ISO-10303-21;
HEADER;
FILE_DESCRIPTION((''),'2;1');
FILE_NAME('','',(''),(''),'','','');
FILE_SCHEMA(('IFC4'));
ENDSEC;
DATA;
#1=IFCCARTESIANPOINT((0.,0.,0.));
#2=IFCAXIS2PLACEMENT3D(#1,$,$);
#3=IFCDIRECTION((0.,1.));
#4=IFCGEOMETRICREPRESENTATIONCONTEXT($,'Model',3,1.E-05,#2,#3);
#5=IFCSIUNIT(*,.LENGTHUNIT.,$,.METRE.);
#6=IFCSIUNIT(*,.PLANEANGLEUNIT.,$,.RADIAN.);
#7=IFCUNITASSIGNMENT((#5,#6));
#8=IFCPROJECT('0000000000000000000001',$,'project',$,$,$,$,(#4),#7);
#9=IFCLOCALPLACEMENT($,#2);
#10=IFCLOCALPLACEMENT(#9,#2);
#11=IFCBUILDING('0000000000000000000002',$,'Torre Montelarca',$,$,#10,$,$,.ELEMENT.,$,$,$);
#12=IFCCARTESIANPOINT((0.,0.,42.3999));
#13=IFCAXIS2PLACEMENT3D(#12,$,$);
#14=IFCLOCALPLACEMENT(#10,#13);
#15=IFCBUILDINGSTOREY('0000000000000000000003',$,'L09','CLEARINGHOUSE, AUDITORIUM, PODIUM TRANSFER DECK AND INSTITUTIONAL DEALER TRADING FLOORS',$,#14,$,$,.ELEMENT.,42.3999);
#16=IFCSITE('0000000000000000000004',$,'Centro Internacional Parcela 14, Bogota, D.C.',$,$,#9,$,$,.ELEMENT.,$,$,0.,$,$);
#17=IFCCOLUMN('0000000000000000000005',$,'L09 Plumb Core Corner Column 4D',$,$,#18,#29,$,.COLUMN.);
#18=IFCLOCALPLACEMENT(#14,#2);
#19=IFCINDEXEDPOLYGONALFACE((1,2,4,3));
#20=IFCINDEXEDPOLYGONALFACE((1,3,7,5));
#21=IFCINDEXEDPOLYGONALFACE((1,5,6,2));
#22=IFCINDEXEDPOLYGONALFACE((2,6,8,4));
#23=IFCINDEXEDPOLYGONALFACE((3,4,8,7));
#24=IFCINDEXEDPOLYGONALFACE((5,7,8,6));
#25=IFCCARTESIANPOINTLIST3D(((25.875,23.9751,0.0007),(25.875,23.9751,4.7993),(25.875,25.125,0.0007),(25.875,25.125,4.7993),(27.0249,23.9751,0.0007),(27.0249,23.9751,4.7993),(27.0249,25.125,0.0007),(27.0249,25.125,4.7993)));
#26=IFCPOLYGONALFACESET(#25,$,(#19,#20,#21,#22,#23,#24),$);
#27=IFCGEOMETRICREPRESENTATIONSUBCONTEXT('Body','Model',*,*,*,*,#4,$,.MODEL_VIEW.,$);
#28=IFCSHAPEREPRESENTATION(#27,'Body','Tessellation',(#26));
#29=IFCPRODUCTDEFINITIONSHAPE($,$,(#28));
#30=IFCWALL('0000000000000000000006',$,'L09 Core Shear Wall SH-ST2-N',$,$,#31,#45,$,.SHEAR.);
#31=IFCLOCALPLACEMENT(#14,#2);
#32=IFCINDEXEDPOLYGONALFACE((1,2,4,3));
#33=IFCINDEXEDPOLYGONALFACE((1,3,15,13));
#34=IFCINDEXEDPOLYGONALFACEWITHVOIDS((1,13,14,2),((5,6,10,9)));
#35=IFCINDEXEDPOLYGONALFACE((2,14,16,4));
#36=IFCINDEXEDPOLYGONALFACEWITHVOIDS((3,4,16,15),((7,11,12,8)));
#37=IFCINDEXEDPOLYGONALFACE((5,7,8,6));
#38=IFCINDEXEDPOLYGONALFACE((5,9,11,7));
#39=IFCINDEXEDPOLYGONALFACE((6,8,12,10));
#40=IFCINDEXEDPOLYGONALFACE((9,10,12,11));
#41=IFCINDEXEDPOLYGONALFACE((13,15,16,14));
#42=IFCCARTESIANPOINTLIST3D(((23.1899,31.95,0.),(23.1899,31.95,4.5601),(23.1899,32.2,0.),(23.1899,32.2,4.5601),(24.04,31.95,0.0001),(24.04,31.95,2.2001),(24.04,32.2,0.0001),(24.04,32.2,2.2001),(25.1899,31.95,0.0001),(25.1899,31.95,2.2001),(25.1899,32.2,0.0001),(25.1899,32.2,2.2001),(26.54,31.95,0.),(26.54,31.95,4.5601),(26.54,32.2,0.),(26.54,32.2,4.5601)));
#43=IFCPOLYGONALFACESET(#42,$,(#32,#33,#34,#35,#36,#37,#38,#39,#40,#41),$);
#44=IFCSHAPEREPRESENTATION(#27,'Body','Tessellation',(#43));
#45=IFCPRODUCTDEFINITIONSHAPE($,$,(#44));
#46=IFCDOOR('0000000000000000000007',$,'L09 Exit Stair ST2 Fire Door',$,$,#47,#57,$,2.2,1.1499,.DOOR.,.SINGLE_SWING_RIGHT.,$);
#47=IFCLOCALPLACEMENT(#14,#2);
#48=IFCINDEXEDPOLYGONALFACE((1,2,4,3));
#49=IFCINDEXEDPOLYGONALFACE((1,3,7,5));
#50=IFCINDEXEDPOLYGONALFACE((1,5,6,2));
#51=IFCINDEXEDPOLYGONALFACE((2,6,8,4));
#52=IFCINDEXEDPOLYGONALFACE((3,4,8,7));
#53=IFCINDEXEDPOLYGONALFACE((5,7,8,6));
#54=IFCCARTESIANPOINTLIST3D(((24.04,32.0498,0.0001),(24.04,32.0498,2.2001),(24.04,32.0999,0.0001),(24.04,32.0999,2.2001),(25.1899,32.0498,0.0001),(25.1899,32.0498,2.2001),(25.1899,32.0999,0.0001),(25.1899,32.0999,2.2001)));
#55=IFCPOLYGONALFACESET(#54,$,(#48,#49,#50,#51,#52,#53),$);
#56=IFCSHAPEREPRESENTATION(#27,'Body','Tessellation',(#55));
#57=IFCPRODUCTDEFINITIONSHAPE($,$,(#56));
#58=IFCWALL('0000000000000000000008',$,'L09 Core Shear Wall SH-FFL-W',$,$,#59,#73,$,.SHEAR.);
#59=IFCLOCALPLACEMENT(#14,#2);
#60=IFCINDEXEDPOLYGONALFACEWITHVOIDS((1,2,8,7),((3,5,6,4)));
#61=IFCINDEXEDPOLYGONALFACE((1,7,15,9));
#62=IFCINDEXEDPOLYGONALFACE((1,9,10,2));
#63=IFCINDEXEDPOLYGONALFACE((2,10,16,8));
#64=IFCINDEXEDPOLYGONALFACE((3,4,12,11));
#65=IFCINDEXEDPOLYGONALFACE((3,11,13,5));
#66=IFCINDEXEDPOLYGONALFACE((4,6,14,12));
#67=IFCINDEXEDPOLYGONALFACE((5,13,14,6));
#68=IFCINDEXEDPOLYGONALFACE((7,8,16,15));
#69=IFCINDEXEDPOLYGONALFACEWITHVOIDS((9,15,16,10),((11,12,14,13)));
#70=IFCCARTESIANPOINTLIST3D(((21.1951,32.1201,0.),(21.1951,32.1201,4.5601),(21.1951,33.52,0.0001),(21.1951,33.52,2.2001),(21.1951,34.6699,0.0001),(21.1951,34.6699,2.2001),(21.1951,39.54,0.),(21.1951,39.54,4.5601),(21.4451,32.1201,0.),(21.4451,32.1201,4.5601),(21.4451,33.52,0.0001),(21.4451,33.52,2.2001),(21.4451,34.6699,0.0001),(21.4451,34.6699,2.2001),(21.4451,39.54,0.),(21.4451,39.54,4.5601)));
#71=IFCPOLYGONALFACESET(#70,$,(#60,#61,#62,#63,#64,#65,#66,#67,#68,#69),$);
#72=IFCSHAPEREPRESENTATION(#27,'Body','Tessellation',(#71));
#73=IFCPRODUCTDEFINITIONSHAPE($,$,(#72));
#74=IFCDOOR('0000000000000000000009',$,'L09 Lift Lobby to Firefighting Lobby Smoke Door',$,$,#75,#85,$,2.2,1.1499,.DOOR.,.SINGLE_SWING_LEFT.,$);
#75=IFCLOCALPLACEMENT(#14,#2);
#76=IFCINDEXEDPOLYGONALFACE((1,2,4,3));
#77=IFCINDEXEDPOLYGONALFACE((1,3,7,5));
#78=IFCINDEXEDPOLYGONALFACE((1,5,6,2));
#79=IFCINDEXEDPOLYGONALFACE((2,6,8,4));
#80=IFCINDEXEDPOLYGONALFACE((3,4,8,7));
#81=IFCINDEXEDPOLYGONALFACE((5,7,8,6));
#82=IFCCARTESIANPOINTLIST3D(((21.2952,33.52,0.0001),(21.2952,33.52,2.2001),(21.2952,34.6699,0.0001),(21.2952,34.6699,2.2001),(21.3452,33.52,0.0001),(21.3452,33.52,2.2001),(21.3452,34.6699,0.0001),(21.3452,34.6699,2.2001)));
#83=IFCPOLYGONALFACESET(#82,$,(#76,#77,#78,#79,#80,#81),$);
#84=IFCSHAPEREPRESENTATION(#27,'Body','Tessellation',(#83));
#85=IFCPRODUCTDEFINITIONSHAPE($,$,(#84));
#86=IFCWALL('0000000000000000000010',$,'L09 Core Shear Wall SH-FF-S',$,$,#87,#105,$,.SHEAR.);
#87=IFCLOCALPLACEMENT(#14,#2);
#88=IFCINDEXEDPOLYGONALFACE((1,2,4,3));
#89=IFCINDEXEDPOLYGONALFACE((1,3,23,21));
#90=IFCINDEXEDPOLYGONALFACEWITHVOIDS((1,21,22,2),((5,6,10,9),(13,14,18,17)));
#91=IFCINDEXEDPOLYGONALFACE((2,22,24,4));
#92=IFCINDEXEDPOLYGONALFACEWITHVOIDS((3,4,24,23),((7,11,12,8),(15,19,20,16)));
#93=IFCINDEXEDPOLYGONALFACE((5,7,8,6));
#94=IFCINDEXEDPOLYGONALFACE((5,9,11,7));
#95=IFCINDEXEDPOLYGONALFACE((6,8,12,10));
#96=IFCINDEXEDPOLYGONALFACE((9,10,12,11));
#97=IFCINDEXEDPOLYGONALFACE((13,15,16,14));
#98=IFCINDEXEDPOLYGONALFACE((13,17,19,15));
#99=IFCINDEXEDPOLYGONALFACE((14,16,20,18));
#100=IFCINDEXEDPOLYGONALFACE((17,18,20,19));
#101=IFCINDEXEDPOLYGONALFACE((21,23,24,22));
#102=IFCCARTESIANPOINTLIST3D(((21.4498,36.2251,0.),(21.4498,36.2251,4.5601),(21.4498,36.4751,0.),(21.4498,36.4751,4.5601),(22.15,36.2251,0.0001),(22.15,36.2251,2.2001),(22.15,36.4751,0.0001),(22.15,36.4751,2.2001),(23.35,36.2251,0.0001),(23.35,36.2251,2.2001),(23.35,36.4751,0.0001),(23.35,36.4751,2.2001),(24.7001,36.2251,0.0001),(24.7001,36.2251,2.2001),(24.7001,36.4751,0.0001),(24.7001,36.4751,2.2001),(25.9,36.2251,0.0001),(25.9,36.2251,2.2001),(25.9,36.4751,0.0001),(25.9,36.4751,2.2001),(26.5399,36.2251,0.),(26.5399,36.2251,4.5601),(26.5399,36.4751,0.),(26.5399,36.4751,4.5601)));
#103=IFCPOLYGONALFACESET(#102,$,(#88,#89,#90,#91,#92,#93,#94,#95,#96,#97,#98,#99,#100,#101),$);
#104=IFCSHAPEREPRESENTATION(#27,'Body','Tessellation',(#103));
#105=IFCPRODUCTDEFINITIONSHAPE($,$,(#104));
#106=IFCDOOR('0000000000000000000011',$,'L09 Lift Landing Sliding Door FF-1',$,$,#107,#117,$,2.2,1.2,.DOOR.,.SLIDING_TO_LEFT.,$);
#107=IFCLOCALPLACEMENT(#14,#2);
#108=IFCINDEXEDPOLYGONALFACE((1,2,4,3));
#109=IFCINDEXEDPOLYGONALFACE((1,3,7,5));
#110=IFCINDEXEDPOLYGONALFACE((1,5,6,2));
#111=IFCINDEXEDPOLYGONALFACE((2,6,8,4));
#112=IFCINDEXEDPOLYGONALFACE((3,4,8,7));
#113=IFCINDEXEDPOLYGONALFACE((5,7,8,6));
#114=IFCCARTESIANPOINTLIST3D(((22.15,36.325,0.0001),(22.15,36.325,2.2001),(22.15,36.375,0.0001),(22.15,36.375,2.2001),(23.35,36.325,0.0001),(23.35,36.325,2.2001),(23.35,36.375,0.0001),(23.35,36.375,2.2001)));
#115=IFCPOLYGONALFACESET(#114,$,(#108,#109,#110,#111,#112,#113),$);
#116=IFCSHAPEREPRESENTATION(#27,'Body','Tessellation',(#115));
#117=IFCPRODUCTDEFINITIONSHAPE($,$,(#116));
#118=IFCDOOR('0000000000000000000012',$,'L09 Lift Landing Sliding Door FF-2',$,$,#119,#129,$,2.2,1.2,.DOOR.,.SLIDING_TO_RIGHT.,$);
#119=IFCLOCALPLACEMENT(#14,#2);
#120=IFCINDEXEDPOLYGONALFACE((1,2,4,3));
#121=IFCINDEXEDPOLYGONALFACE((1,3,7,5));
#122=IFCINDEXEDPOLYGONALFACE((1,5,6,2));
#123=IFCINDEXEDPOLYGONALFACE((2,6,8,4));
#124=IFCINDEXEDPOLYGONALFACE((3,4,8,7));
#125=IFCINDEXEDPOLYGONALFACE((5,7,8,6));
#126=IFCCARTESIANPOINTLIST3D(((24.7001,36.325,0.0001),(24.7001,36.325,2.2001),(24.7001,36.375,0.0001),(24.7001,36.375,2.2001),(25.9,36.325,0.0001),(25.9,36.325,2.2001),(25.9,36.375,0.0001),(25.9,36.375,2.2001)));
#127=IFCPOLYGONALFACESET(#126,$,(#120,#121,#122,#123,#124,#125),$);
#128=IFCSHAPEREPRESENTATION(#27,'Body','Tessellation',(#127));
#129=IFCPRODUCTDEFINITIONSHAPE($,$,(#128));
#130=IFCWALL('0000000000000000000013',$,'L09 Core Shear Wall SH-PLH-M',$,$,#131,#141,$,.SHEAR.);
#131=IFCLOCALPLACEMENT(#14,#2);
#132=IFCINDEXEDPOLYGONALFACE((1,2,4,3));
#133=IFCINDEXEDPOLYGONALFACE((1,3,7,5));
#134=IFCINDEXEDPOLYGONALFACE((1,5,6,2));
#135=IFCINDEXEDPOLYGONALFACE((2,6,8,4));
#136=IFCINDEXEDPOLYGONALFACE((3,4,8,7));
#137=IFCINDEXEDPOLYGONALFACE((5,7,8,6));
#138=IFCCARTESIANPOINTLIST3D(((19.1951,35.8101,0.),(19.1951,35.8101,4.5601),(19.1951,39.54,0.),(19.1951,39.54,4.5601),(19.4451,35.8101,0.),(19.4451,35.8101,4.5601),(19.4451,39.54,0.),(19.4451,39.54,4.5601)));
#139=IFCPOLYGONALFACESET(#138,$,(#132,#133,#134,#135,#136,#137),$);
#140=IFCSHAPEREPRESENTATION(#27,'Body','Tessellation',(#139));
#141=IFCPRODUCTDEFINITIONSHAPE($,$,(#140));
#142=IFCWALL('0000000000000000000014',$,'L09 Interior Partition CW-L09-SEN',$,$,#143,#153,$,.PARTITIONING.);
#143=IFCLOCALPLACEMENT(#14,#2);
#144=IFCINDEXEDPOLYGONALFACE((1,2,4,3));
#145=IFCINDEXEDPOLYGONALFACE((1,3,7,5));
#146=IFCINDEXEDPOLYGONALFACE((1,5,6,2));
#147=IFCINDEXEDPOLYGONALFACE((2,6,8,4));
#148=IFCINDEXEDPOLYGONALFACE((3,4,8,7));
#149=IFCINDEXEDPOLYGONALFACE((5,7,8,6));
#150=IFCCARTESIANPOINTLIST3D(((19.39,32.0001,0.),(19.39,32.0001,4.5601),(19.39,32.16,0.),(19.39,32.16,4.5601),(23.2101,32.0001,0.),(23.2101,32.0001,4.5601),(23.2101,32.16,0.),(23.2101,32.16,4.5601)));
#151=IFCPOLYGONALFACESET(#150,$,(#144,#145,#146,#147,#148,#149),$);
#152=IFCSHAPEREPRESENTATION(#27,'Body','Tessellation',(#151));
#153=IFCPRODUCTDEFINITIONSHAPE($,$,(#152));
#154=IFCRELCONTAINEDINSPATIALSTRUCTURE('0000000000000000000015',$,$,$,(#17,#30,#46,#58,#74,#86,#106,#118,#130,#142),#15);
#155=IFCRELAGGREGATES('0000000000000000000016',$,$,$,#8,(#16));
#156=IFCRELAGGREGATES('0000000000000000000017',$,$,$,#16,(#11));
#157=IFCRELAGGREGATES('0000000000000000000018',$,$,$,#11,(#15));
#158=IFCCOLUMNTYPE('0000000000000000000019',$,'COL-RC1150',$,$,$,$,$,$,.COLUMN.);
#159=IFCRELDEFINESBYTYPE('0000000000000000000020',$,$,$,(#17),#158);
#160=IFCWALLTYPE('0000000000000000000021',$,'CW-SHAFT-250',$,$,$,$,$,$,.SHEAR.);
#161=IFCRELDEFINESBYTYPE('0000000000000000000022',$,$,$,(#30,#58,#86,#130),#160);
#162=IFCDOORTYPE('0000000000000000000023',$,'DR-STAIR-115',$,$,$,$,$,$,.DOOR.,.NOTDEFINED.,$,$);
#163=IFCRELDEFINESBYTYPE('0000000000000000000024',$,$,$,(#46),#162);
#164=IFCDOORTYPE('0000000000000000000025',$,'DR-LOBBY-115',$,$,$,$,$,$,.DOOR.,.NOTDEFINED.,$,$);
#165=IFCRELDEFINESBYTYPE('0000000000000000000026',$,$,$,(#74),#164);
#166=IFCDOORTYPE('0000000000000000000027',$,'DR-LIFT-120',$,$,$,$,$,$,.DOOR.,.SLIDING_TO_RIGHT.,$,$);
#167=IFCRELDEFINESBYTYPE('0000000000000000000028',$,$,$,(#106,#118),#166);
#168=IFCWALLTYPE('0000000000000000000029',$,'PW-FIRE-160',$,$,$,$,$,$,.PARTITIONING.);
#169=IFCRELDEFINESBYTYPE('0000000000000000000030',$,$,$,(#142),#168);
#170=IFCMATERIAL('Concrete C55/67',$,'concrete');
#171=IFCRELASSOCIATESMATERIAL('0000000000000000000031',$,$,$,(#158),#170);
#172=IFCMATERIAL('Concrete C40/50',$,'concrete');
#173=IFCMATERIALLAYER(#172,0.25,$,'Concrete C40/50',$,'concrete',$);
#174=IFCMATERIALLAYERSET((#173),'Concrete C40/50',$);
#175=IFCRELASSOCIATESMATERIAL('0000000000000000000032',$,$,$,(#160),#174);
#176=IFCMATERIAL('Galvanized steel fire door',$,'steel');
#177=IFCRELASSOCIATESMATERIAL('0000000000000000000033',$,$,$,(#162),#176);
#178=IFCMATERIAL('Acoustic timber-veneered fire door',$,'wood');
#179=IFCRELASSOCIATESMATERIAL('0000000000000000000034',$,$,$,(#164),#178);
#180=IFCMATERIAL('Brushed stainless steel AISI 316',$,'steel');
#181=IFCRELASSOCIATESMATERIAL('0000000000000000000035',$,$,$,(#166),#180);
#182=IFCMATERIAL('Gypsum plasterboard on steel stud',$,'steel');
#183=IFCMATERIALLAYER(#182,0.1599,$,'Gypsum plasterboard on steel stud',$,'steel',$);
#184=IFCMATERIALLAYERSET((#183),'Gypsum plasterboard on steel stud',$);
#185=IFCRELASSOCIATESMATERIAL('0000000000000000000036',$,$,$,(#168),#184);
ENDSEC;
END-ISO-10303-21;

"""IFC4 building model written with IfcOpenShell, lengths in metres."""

from ifc_helpers import new_model, si_unit, direction, frame, frame_2d, origin, origin_2d, place, context, subcontext, project, spatial, rectangle, extrude, source, transform, mapped, material, layer, layer_set, material_profile, profile_set, type_object, element, fill, save


model = new_model("IFC4")

# Units and contexts
model_context = context("Model", 3, precision=1e-05, world=origin(), true_north=direction((0.0, 1.0)))
body_context = subcontext(model_context, "Body", "Model", "MODEL_VIEW")
ifc_project = project(units=[si_unit("LENGTHUNIT", "METRE"), si_unit("PLANEANGLEUNIT", "RADIAN")], contexts=[model_context])

# Site, building, storey
site_placement = place(None, origin())
site = spatial("IfcSite", under=ifc_project, at=site_placement, Name="Centro Internacional Parcela 14, Bogota, D.C.", CompositionType="ELEMENT", RefElevation=0.0)
building_placement = place(site_placement, origin())
building = spatial("IfcBuilding", under=site, at=building_placement, Name="Torre Montelarca", CompositionType="ELEMENT")
storey_placement = place(building_placement, frame((0.0, 0.0, 42.3999)))
storey = spatial("IfcBuildingStorey", under=building, at=storey_placement, Name="L09", Description="CLEARINGHOUSE, AUDITORIUM, PODIUM TRANSFER DECK AND INSTITUTIONAL DEALER TRADING FLOORS", CompositionType="ELEMENT", Elevation=42.3999)

# Column
ifc_material_1 = material(Name="Concrete C55/67", Category="concrete")
ifc_material_profile = material_profile(ifc_material_1, rectangle(XDim=1.1499, YDim=1.1499, at=origin_2d()), Name="RC1150X1150", Category="concrete")
ifc_profile_set = profile_set([ifc_material_profile], Name="Concrete C55/67")
column_type = type_object("IfcColumnType", Name="COL-RC1150", PredefinedType="COLUMN", material=ifc_profile_set)
shared_shape_1 = source(origin(), body_context, "Body", "SweptSolid", [
    extrude(rectangle(XDim=1.1499, YDim=1.1499, at=origin_2d()), origin(), (0.0, 0.0, 1.0), 4.7986),
])
column_placement = place(storey_placement, frame((26.45, 24.55, 0.0007), z_axis=(0.0, 0.0, 1.0), x_axis=(1.0, 0.0, 0.0)))
element("IfcColumn", 1, at=column_placement, inside=storey, type_object=column_type, Name="L09 Plumb Core Corner Column 4D", PredefinedType="COLUMN", context=body_context, shape_type="MappedRepresentation", body=[
    mapped(shared_shape_1, transform((0.0, 0.0, 0.0), scale=1.0)),
])

# Walls, openings, doors
ifc_material_2 = material(Name="Concrete C40/50", Category="concrete")
ifc_layer_1 = layer(ifc_material_2, 0.25, Name="Concrete C40/50", Category="concrete")
ifc_layer_set_1 = layer_set([ifc_layer_1], Name="Concrete C40/50")
wall_type_1 = type_object("IfcWallType", Name="CW-SHAFT-250", PredefinedType="SHEAR", material=ifc_layer_set_1)
wall_1_placement = place(storey_placement, frame((23.1899, 32.075, 0.0), z_axis=(0.0, 0.0, 1.0), x_axis=(1.0, 0.0, 0.0)))
wall_1 = element("IfcWall", 2, at=wall_1_placement, inside=storey, type_object=wall_type_1, Name="L09 Core Shear Wall SH-ST2-N", PredefinedType="SHEAR", context=body_context, shape_type="SweptSolid", body=[
    extrude(rectangle(XDim=3.3501, YDim=0.25, at=frame_2d((1.675, 0.0))), origin(), (0.0, 0.0, 1.0), 4.5601),
])
opening_1_placement = place(wall_1_placement, frame((0.8501, 0.0, 0.0)))
opening_1 = element("IfcOpeningElement", 3, at=opening_1_placement, cuts=wall_1, PredefinedType="OPENING", context=body_context, shape_type="SweptSolid", body=[
    extrude(rectangle(XDim=1.1499, YDim=2.2, at=frame_2d((0.575, 1.1001))), frame((0.0, 0.135, 0.0), z_axis=(0.0, -1.0, 0.0), x_axis=(1.0, 0.0, 0.0)), (0.0, 0.0, 1.0), 0.27),
])
ifc_material_3 = material(Name="Galvanized steel fire door", Category="steel")
door_type_1 = type_object("IfcDoorType", Name="DR-STAIR-115", OperationType="NOTDEFINED", PredefinedType="DOOR", material=ifc_material_3)
shared_shape_2 = source(origin(), body_context, "Body", "SweptSolid", [
    extrude(rectangle(XDim=1.1499, YDim=2.2, at=frame_2d((0.575, 1.1001))), frame((0.0, 0.0249, 0.0), z_axis=(0.0, -1.0, 0.0), x_axis=(1.0, 0.0, 0.0)), (0.0, 0.0, 1.0), 0.05),
])
door_1_placement = place(opening_1_placement, origin())
door_1 = element("IfcDoor", 4, at=door_1_placement, inside=storey, type_object=door_type_1, Name="L09 Exit Stair ST2 Fire Door", OperationType="SINGLE_SWING_RIGHT", OverallHeight=2.2, OverallWidth=1.1499, PredefinedType="DOOR", context=body_context, shape_type="MappedRepresentation", body=[
    mapped(shared_shape_2, transform((0.0, 0.0, 0.0), scale=1.0)),
])
fill(opening_1, door_1)
wall_2_placement = place(storey_placement, frame((21.3201, 32.1201, 0.0), z_axis=(0.0, 0.0, 1.0), x_axis=(0.0, 1.0, 0.0)))
wall_2 = element("IfcWall", 5, at=wall_2_placement, inside=storey, type_object=wall_type_1, Name="L09 Core Shear Wall SH-FFL-W", PredefinedType="SHEAR", context=body_context, shape_type="SweptSolid", body=[
    extrude(rectangle(XDim=7.4199, YDim=0.25, at=frame_2d((3.71, 0.0))), origin(), (0.0, 0.0, 1.0), 4.5601),
])
opening_2_placement = place(wall_2_placement, frame((1.3999, 0.0, 0.0)))
opening_2 = element("IfcOpeningElement", 6, at=opening_2_placement, cuts=wall_2, PredefinedType="OPENING", context=body_context, shape_type="SweptSolid", body=[
    extrude(rectangle(XDim=1.1499, YDim=2.2, at=frame_2d((0.575, 1.1001))), frame((0.0, 0.135, 0.0), z_axis=(0.0, -1.0, 0.0), x_axis=(1.0, 0.0, 0.0)), (0.0, 0.0, 1.0), 0.27),
])
ifc_material_4 = material(Name="Acoustic timber-veneered fire door", Category="wood")
door_type_2 = type_object("IfcDoorType", Name="DR-LOBBY-115", OperationType="NOTDEFINED", PredefinedType="DOOR", material=ifc_material_4)
shared_shape_3 = source(origin(), body_context, "Body", "SweptSolid", [
    extrude(rectangle(XDim=1.1499, YDim=2.2, at=frame_2d((0.575, 1.1001))), frame((0.0, 0.0249, 0.0), z_axis=(0.0, -1.0, 0.0), x_axis=(1.0, 0.0, 0.0)), (0.0, 0.0, 1.0), 0.05),
])
door_2_placement = place(opening_2_placement, origin())
door_2 = element("IfcDoor", 7, at=door_2_placement, inside=storey, type_object=door_type_2, Name="L09 Lift Lobby to Firefighting Lobby Smoke Door", OperationType="SINGLE_SWING_LEFT", OverallHeight=2.2, OverallWidth=1.1499, PredefinedType="DOOR", context=body_context, shape_type="MappedRepresentation", body=[
    mapped(shared_shape_3, transform((0.0, 0.0, 0.0), scale=1.0)),
])
fill(opening_2, door_2)

# Wall, openings, doors
wall_3_placement = place(storey_placement, frame((21.45, 36.3501, 0.0), z_axis=(0.0, 0.0, 1.0), x_axis=(1.0, 0.0, 0.0)))
wall_3 = element("IfcWall", 8, at=wall_3_placement, inside=storey, type_object=wall_type_1, Name="L09 Core Shear Wall SH-FF-S", PredefinedType="SHEAR", context=body_context, shape_type="SweptSolid", body=[
    extrude(rectangle(XDim=5.0901, YDim=0.25, at=frame_2d((2.5449, 0.0))), origin(), (0.0, 0.0, 1.0), 4.5601),
])
opening_3_placement = place(wall_3_placement, frame((0.7, 0.0, 0.0)))
opening_3 = element("IfcOpeningElement", 9, at=opening_3_placement, cuts=wall_3, PredefinedType="OPENING", context=body_context, shape_type="SweptSolid", body=[
    extrude(rectangle(XDim=1.2, YDim=2.2, at=frame_2d((0.6001, 1.1001))), frame((0.0, 0.135, 0.0), z_axis=(0.0, -1.0, 0.0), x_axis=(1.0, 0.0, 0.0)), (0.0, 0.0, 1.0), 0.27),
])
opening_4_placement = place(wall_3_placement, frame((3.25, 0.0, 0.0)))
opening_4 = element("IfcOpeningElement", 10, at=opening_4_placement, cuts=wall_3, PredefinedType="OPENING", context=body_context, shape_type="SweptSolid", body=[
    extrude(rectangle(XDim=1.2, YDim=2.2, at=frame_2d((0.6001, 1.1001))), frame((0.0, 0.135, 0.0), z_axis=(0.0, -1.0, 0.0), x_axis=(1.0, 0.0, 0.0)), (0.0, 0.0, 1.0), 0.27),
])
ifc_material_5 = material(Name="Brushed stainless steel AISI 316", Category="steel")
door_type_3 = type_object("IfcDoorType", Name="DR-LIFT-120", OperationType="SLIDING_TO_RIGHT", PredefinedType="DOOR", material=ifc_material_5)
shared_shape_4 = source(origin(), body_context, "Body", "SweptSolid", [
    extrude(rectangle(XDim=1.2, YDim=2.2, at=frame_2d((0.6001, 1.1001))), frame((0.0, 0.0249, 0.0), z_axis=(0.0, -1.0, 0.0), x_axis=(1.0, 0.0, 0.0)), (0.0, 0.0, 1.0), 0.05),
])
door_3_placement = place(opening_3_placement, origin())
door_3 = element("IfcDoor", 11, at=door_3_placement, inside=storey, type_object=door_type_3, Name="L09 Lift Landing Sliding Door FF-1", OperationType="SLIDING_TO_LEFT", OverallHeight=2.2, OverallWidth=1.2, PredefinedType="DOOR", context=body_context, shape_type="MappedRepresentation", body=[
    mapped(shared_shape_4, transform((0.0, 0.0, 0.0), scale=1.0)),
])
fill(opening_3, door_3)
door_4_placement = place(opening_4_placement, origin())
door_4 = element("IfcDoor", 12, at=door_4_placement, inside=storey, type_object=door_type_3, Name="L09 Lift Landing Sliding Door FF-2", OperationType="SLIDING_TO_RIGHT", OverallHeight=2.2, OverallWidth=1.2, PredefinedType="DOOR", context=body_context, shape_type="MappedRepresentation", body=[
    mapped(shared_shape_4, transform((0.0, 0.0, 0.0), scale=1.0)),
])
fill(opening_4, door_4)

# Walls
wall_4_placement = place(storey_placement, frame((19.3201, 35.8101, 0.0), z_axis=(0.0, 0.0, 1.0), x_axis=(0.0, 1.0, 0.0)))
element("IfcWall", 13, at=wall_4_placement, inside=storey, type_object=wall_type_1, Name="L09 Core Shear Wall SH-PLH-M", PredefinedType="SHEAR", context=body_context, shape_type="SweptSolid", body=[
    extrude(rectangle(XDim=3.73, YDim=0.25, at=frame_2d((1.865, 0.0))), origin(), (0.0, 0.0, 1.0), 4.5601),
])
ifc_material_6 = material(Name="Gypsum plasterboard on steel stud", Category="steel")
ifc_layer_2 = layer(ifc_material_6, 0.1599, Name="Gypsum plasterboard on steel stud", Category="steel")
ifc_layer_set_2 = layer_set([ifc_layer_2], Name="Gypsum plasterboard on steel stud")
wall_type_2 = type_object("IfcWallType", Name="PW-FIRE-160", PredefinedType="PARTITIONING", material=ifc_layer_set_2)
wall_5_placement = place(storey_placement, frame((19.3899, 32.0801, 0.0), z_axis=(0.0, 0.0, 1.0), x_axis=(1.0, 0.0, 0.0)))
element("IfcWall", 14, at=wall_5_placement, inside=storey, type_object=wall_type_2, Name="L09 Interior Partition CW-L09-SEN", PredefinedType="PARTITIONING", context=body_context, shape_type="SweptSolid", body=[
    extrude(rectangle(XDim=3.8201, YDim=0.1599, at=frame_2d((1.9102, 0.0))), origin(), (0.0, 0.0, 1.0), 4.5601),
])

save(model, "model.ifc")
